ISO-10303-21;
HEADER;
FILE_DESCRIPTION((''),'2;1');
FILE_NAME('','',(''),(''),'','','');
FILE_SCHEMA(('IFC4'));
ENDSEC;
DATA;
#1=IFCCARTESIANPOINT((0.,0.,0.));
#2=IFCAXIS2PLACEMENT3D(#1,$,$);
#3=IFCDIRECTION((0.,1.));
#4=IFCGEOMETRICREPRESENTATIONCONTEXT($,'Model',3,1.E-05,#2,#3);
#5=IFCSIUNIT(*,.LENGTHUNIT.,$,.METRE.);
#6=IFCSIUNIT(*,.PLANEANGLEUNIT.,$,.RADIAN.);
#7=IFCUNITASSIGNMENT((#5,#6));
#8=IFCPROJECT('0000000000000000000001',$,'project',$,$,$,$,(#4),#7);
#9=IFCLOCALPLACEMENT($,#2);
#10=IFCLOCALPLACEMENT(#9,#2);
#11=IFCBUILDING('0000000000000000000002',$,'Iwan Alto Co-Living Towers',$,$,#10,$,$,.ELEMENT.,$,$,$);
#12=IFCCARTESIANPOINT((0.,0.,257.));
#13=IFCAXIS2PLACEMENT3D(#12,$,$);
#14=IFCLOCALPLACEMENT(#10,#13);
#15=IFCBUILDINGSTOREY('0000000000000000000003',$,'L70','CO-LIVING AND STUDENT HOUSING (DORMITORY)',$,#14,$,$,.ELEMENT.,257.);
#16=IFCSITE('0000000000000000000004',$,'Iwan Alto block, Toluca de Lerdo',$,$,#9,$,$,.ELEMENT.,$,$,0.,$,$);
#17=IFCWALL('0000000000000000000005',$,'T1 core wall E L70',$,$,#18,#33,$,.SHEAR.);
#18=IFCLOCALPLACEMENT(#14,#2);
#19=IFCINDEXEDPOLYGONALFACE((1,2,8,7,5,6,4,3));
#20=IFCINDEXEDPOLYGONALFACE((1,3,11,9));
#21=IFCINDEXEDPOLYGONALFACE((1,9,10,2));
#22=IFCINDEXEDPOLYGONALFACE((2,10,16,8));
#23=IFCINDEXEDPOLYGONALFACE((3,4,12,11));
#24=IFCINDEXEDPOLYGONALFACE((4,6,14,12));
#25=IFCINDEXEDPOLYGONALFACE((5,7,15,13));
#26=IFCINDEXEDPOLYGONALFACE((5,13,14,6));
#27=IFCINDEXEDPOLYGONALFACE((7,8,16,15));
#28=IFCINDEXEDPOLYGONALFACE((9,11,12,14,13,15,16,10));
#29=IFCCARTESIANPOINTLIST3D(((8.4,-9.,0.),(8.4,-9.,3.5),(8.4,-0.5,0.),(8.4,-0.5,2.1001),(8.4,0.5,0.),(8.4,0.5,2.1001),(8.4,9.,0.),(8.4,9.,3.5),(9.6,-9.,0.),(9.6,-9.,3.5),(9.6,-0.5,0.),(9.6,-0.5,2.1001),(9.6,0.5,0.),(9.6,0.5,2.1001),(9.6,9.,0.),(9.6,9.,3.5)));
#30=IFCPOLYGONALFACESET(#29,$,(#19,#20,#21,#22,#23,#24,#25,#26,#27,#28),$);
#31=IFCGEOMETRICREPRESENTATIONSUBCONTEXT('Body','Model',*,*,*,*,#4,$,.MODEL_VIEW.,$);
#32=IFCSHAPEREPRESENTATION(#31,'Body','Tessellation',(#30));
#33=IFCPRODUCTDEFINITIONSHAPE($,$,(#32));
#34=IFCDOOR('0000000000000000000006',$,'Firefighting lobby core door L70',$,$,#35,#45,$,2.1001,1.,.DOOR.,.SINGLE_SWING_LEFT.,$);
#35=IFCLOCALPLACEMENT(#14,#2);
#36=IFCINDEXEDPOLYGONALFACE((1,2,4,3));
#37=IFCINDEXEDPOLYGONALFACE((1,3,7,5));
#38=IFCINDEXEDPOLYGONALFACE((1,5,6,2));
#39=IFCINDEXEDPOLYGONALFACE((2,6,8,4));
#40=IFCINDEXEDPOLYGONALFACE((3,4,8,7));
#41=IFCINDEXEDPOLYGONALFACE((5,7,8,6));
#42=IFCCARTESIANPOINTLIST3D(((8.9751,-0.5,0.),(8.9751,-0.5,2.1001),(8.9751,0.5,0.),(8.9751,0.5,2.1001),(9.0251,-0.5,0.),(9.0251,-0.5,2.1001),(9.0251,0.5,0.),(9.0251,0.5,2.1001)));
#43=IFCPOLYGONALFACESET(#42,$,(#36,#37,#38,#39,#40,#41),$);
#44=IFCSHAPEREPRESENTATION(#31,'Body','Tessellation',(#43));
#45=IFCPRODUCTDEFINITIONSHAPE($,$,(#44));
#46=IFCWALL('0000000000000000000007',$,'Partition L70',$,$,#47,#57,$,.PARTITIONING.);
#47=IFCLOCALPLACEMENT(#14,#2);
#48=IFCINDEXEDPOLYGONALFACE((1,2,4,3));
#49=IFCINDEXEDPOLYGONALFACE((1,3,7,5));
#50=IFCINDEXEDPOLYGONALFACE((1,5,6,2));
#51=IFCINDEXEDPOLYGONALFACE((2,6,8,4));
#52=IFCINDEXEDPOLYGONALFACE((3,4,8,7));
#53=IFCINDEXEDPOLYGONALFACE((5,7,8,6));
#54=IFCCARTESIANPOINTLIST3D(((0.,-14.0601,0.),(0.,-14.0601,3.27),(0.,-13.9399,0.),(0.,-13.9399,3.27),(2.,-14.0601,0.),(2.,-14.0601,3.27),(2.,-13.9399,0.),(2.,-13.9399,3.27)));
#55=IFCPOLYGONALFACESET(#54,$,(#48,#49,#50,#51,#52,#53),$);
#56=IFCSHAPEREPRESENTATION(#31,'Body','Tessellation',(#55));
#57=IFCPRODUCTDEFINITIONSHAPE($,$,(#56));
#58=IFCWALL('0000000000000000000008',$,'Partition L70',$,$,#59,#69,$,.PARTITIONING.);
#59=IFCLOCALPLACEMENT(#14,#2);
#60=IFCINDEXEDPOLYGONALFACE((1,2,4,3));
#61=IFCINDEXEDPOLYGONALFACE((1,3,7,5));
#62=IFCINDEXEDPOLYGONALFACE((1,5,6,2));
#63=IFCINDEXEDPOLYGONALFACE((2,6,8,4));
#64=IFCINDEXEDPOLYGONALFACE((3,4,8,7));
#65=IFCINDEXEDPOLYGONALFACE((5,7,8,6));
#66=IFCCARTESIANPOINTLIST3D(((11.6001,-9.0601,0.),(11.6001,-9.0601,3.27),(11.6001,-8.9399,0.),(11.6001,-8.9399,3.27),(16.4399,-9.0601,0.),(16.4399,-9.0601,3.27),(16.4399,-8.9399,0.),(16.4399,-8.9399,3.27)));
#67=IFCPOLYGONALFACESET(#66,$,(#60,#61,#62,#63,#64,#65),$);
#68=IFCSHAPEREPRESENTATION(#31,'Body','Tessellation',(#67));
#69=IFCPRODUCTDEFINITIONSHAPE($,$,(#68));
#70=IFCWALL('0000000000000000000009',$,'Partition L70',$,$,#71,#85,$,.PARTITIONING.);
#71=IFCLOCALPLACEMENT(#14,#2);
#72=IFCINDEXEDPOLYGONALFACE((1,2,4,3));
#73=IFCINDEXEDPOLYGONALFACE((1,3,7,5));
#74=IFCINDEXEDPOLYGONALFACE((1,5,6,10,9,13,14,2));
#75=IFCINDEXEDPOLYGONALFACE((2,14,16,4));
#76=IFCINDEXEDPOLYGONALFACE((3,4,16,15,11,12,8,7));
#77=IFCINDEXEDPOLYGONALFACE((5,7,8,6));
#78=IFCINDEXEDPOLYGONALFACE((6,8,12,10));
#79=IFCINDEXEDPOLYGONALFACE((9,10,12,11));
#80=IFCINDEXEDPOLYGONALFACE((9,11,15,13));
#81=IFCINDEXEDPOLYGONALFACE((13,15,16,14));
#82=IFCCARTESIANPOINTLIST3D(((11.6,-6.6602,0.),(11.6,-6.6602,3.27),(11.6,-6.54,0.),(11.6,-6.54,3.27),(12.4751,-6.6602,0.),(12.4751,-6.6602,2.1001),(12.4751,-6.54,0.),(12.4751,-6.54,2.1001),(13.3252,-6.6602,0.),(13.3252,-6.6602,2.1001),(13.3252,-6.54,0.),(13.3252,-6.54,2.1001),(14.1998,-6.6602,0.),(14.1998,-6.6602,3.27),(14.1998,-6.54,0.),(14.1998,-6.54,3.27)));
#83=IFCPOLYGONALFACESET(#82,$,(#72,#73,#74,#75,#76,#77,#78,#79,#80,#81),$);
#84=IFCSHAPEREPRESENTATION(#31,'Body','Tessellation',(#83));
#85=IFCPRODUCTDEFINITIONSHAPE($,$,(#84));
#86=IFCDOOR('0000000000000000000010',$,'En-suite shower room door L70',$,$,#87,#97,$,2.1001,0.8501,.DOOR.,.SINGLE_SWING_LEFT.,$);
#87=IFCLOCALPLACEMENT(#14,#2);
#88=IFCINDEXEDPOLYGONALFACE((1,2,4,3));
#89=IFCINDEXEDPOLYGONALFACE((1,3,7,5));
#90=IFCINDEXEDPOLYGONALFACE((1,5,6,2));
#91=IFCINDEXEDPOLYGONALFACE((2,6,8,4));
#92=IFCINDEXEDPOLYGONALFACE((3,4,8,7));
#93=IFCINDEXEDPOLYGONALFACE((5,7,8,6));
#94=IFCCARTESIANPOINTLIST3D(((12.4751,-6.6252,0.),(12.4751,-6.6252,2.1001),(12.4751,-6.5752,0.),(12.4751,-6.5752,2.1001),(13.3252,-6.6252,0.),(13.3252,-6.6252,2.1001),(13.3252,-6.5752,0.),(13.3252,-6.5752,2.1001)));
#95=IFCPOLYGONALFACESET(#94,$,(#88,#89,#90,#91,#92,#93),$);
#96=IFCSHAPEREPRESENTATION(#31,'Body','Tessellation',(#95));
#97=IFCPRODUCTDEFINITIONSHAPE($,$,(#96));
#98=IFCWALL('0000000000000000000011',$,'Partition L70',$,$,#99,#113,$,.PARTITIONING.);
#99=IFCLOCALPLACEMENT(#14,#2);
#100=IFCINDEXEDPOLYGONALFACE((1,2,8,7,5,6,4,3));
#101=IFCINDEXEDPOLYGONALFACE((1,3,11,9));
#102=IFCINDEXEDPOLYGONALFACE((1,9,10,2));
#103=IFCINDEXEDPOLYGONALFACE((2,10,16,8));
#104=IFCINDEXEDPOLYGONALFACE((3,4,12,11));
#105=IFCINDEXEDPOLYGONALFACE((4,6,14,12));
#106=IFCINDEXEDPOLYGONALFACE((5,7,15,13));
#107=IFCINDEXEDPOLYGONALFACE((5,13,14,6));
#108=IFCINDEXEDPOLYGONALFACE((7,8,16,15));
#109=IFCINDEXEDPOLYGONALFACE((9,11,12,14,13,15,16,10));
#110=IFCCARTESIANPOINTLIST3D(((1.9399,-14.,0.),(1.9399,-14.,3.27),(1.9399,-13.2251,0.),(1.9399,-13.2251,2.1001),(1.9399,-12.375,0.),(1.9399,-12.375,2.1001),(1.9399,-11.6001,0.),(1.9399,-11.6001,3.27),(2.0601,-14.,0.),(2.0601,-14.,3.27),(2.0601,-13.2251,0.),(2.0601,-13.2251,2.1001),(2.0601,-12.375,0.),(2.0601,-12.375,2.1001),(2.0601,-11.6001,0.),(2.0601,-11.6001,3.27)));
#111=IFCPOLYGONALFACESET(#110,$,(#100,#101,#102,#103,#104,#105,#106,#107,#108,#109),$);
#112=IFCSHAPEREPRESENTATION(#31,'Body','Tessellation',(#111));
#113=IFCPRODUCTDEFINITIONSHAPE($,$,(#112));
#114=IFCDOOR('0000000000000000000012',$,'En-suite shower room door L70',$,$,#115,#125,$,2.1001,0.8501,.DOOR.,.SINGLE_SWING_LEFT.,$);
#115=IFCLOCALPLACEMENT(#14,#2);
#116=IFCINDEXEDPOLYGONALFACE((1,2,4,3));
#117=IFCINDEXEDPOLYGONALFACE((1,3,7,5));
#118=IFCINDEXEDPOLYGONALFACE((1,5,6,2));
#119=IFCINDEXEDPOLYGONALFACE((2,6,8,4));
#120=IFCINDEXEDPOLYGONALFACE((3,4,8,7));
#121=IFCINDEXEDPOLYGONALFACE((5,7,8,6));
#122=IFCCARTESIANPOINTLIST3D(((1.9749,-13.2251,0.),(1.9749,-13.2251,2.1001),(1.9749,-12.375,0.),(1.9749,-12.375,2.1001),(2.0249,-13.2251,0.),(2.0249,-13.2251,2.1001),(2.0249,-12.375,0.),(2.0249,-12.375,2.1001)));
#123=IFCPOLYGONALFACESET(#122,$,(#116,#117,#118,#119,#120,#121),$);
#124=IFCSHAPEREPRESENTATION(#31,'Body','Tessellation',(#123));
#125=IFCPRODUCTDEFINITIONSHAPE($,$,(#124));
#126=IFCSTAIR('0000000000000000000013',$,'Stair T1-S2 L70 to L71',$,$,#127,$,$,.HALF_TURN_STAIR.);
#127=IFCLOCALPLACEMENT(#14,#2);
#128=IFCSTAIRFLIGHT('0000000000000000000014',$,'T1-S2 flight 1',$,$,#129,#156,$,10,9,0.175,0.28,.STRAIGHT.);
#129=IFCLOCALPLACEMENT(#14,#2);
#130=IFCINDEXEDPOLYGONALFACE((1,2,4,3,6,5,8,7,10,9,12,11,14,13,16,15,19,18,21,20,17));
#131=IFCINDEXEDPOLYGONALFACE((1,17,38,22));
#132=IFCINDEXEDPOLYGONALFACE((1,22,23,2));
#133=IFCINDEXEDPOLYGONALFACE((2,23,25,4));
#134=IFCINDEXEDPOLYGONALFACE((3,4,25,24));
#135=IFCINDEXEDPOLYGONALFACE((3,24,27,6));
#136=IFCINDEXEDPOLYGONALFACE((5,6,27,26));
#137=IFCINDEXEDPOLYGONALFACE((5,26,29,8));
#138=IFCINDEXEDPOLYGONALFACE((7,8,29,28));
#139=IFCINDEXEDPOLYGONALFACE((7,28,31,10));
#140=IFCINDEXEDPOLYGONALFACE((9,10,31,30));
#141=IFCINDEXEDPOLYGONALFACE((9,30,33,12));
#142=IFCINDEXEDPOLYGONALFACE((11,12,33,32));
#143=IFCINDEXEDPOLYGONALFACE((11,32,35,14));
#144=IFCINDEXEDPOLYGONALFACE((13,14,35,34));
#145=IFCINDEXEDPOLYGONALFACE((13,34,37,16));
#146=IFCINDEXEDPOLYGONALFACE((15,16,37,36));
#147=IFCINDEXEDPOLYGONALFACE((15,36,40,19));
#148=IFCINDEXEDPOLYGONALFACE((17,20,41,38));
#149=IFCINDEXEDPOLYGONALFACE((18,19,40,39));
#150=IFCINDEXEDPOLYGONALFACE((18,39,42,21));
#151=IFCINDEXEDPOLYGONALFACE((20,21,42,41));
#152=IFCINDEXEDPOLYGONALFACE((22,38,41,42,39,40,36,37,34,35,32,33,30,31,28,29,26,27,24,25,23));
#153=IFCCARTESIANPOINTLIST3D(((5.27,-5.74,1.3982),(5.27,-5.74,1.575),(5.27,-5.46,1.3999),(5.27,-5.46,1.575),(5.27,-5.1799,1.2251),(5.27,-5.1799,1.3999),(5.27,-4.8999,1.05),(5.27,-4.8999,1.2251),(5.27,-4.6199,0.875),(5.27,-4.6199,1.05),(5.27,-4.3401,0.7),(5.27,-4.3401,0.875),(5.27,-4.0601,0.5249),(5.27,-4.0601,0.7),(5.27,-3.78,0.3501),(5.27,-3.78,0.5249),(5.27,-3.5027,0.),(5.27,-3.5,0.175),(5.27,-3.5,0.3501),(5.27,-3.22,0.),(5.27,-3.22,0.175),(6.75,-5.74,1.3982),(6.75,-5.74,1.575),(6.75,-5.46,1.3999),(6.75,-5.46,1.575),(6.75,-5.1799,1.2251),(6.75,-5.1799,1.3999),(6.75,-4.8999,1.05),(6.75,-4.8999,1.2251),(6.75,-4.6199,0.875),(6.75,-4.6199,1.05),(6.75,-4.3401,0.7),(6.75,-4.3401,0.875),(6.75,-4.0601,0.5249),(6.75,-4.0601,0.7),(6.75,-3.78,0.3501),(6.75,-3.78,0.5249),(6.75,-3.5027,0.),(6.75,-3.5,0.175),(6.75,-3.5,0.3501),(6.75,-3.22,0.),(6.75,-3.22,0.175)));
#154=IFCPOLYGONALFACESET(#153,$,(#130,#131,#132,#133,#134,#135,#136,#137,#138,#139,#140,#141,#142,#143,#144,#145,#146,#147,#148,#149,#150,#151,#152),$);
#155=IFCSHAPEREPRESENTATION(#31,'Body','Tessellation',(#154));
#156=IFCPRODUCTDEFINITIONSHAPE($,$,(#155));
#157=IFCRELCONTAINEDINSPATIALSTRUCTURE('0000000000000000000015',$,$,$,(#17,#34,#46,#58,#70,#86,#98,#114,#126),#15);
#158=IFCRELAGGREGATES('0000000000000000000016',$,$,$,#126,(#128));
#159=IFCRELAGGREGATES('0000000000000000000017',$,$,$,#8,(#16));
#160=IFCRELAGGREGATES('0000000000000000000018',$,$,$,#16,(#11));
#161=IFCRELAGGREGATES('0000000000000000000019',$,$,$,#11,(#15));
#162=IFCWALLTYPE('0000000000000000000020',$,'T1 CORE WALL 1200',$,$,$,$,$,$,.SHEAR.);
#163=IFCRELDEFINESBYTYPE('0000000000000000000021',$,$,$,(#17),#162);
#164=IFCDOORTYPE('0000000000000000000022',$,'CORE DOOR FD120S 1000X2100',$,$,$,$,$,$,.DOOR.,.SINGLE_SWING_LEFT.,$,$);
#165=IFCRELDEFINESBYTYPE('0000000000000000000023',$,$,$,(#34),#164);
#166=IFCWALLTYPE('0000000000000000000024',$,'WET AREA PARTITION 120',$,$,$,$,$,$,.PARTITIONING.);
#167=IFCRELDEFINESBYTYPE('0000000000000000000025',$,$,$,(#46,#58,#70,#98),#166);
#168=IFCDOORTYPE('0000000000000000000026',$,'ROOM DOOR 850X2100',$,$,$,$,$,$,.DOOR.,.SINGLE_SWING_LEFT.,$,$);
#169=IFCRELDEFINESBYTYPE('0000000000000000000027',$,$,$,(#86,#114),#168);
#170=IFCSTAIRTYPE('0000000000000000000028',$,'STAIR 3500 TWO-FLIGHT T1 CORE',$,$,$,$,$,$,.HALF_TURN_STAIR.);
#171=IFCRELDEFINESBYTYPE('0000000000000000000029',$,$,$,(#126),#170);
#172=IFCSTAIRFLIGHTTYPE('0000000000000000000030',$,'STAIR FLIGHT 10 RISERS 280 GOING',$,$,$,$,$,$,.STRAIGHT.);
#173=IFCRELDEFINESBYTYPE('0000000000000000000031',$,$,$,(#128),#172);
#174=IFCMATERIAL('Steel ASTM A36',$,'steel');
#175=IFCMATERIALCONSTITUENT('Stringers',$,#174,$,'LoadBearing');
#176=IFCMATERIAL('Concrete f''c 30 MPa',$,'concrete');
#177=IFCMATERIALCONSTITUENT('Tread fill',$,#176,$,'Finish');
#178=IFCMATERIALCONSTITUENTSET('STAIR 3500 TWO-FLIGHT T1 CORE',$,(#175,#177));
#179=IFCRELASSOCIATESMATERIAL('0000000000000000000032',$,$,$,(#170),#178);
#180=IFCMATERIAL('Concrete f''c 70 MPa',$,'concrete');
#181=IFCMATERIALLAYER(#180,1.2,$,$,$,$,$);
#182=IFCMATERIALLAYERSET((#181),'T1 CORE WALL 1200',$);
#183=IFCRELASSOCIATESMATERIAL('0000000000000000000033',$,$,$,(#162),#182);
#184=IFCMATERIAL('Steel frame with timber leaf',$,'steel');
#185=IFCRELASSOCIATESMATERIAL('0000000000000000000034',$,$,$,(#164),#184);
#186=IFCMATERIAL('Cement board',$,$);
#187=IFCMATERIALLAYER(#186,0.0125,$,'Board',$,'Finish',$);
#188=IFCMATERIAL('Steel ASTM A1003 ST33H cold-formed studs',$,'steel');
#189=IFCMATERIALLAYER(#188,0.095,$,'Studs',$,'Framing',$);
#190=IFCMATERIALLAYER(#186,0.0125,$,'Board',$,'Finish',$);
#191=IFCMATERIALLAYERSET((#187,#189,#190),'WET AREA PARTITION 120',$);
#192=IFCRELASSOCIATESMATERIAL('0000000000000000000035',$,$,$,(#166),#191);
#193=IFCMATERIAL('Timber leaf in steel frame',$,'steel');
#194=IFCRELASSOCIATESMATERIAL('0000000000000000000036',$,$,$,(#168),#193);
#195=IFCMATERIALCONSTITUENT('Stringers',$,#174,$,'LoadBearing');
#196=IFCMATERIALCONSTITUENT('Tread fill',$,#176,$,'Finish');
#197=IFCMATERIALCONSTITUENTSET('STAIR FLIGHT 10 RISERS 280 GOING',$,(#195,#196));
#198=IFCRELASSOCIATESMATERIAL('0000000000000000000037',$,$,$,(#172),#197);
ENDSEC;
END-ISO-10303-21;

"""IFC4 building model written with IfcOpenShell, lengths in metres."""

from ifc_helpers import new_model, si_unit, direction, frame, frame_2d, origin, place, context, subcontext, project, spatial, polyline, rectangle, outline, extrude, material, layer, layer_set, constituent, constituent_set, type_object, element, fill, aggregate, save


model = new_model("IFC4")

# Units and contexts
model_context = context("Model", 3, precision=1e-05, world=origin(), true_north=direction((0.0, 1.0)))
body_context = subcontext(model_context, "Body", "Model", "MODEL_VIEW")
ifc_project = project(units=[si_unit("LENGTHUNIT", "METRE"), si_unit("PLANEANGLEUNIT", "RADIAN")], contexts=[model_context])

# Site, building, storey
site_placement = place(None, origin())
site = spatial("IfcSite", under=ifc_project, at=site_placement, Name="Iwan Alto block, Toluca de Lerdo", CompositionType="ELEMENT", RefElevation=0.0)
building_placement = place(site_placement, origin())
building = spatial("IfcBuilding", under=site, at=building_placement, Name="Iwan Alto Co-Living Towers", CompositionType="ELEMENT")
storey_placement = place(building_placement, frame((0.0, 0.0, 257.0)))
storey = spatial("IfcBuildingStorey", under=building, at=storey_placement, Name="L70", Description="CO-LIVING AND STUDENT HOUSING (DORMITORY)", CompositionType="ELEMENT", Elevation=257.0)

# Shared definitions
ifc_material_1 = material(Name="Steel ASTM A36", Category="steel")
ifc_constituent_1 = constituent(ifc_material_1, Name="Stringers", Category="LoadBearing")
ifc_material_2 = material(Name="Concrete f'c 30 MPa", Category="concrete")
ifc_constituent_2 = constituent(ifc_material_2, Name="Tread fill", Category="Finish")
ifc_constituent_set_1 = constituent_set(constituents=[ifc_constituent_1, ifc_constituent_2], Name="STAIR 3500 TWO-FLIGHT T1 CORE")
stair_type = type_object("IfcStairType", Name="STAIR 3500 TWO-FLIGHT T1 CORE", PredefinedType="HALF_TURN_STAIR", material=ifc_constituent_set_1)

# Shared definitions
ifc_material_3 = material(Name="Steel ASTM A1003 ST33H cold-formed studs", Category="steel")

# Wall, opening, door
ifc_material_4 = material(Name="Concrete f'c 70 MPa", Category="concrete")
ifc_layer_1 = layer(ifc_material_4, 1.2)
ifc_layer_set_1 = layer_set([ifc_layer_1], Name="T1 CORE WALL 1200")
wall_type_1 = type_object("IfcWallType", Name="T1 CORE WALL 1200", PredefinedType="SHEAR", material=ifc_layer_set_1)
wall_1_placement = place(storey_placement, frame((9.0, -9.0, 0.0), z_axis=(0.0, 0.0, 1.0), x_axis=(0.0, 1.0, 0.0)))
wall_1 = element("IfcWall", 1, at=wall_1_placement, inside=storey, type_object=wall_type_1, Name="T1 core wall E L70", PredefinedType="SHEAR", context=body_context, shape_type="SweptSolid", body=[
    extrude(rectangle(XDim=18.0, YDim=1.2, at=frame_2d((9.0, 0.0))), origin(), (0.0, 0.0, 1.0), 3.5),
])
opening_1_placement = place(wall_1_placement, frame((8.5, 0.0, 0.0)))
opening_1 = element("IfcOpeningElement", 2, at=opening_1_placement, cuts=wall_1, PredefinedType="OPENING", context=body_context, shape_type="SweptSolid", body=[
    extrude(rectangle(XDim=1.0, YDim=2.1001, at=frame_2d((0.5, 1.05))), frame((0.0, 0.6099, 0.0), z_axis=(0.0, -1.0, 0.0), x_axis=(1.0, 0.0, 0.0)), (0.0, 0.0, 1.0), 1.22),
])
ifc_material_5 = material(Name="Steel frame with timber leaf", Category="steel")
door_type_1 = type_object("IfcDoorType", Name="CORE DOOR FD120S 1000X2100", OperationType="SINGLE_SWING_LEFT", PredefinedType="DOOR", material=ifc_material_5)
door_1_placement = place(opening_1_placement, origin())
door_1 = element("IfcDoor", 3, at=door_1_placement, inside=storey, type_object=door_type_1, Name="Firefighting lobby core door L70", OperationType="SINGLE_SWING_LEFT", OverallHeight=2.1001, OverallWidth=1.0, PredefinedType="DOOR", context=body_context, shape_type="SweptSolid", body=[
    extrude(rectangle(XDim=1.0, YDim=2.1001, at=frame_2d((0.5, 1.05))), frame((0.0, 0.0249, 0.0), z_axis=(0.0, -1.0, 0.0), x_axis=(1.0, 0.0, 0.0)), (0.0, 0.0, 1.0), 0.05),
])
fill(opening_1, door_1)

# Walls
ifc_material_6 = material(Name="Cement board")
ifc_layer_2 = layer(ifc_material_6, 0.0125, Name="Board", Category="Finish")
ifc_layer_3 = layer(ifc_material_3, 0.095, Name="Studs", Category="Framing")
ifc_layer_4 = layer(ifc_material_6, 0.0125, Name="Board", Category="Finish")
ifc_layer_set_2 = layer_set([ifc_layer_2, ifc_layer_3, ifc_layer_4], Name="WET AREA PARTITION 120")
wall_type_2 = type_object("IfcWallType", Name="WET AREA PARTITION 120", PredefinedType="PARTITIONING", material=ifc_layer_set_2)
wall_2_placement = place(storey_placement, frame((0.0, -14.0, 0.0), z_axis=(0.0, 0.0, 1.0), x_axis=(1.0, 0.0, 0.0)))
element("IfcWall", 4, at=wall_2_placement, inside=storey, type_object=wall_type_2, Name="Partition L70", PredefinedType="PARTITIONING", context=body_context, shape_type="SweptSolid", body=[
    extrude(rectangle(XDim=2.0, YDim=0.1201, at=frame_2d((1.0, 0.0))), origin(), (0.0, 0.0, 1.0), 3.27),
])
wall_3_placement = place(storey_placement, frame((11.6001, -9.0, 0.0), z_axis=(0.0, 0.0, 1.0), x_axis=(1.0, 0.0, 0.0)))
element("IfcWall", 5, at=wall_3_placement, inside=storey, type_object=wall_type_2, Name="Partition L70", PredefinedType="PARTITIONING", context=body_context, shape_type="SweptSolid", body=[
    extrude(rectangle(XDim=4.8398, YDim=0.1201, at=frame_2d((2.4199, 0.0))), origin(), (0.0, 0.0, 1.0), 3.27),
])

# Walls, openings, doors
wall_4_placement = place(storey_placement, frame((11.6001, -6.6001, 0.0), z_axis=(0.0, 0.0, 1.0), x_axis=(1.0, 0.0, 0.0)))
wall_4 = element("IfcWall", 6, at=wall_4_placement, inside=storey, type_object=wall_type_2, Name="Partition L70", PredefinedType="PARTITIONING", context=body_context, shape_type="SweptSolid", body=[
    extrude(rectangle(XDim=2.5999, YDim=0.1201, at=frame_2d((1.2998, 0.0))), origin(), (0.0, 0.0, 1.0), 3.27),
])
opening_2_placement = place(wall_4_placement, frame((0.875, 0.0, 0.0)))
opening_2 = element("IfcOpeningElement", 7, at=opening_2_placement, cuts=wall_4, PredefinedType="OPENING", context=body_context, shape_type="SweptSolid", body=[
    extrude(rectangle(XDim=0.8501, YDim=2.1001, at=frame_2d((0.425, 1.05))), frame((0.0, 0.0701, 0.0), z_axis=(0.0, -1.0, 0.0), x_axis=(1.0, 0.0, 0.0)), (0.0, 0.0, 1.0), 0.1401),
])
ifc_material_7 = material(Name="Timber leaf in steel frame", Category="steel")
door_type_2 = type_object("IfcDoorType", Name="ROOM DOOR 850X2100", OperationType="SINGLE_SWING_LEFT", PredefinedType="DOOR", material=ifc_material_7)
door_2_placement = place(opening_2_placement, origin())
door_2 = element("IfcDoor", 8, at=door_2_placement, inside=storey, type_object=door_type_2, Name="En-suite shower room door L70", OperationType="SINGLE_SWING_LEFT", OverallHeight=2.1001, OverallWidth=0.8501, PredefinedType="DOOR", context=body_context, shape_type="SweptSolid", body=[
    extrude(rectangle(XDim=0.8501, YDim=2.1001, at=frame_2d((0.425, 1.05))), frame((0.0, 0.0249, 0.0), z_axis=(0.0, -1.0, 0.0), x_axis=(1.0, 0.0, 0.0)), (0.0, 0.0, 1.0), 0.05),
])
fill(opening_2, door_2)
wall_5_placement = place(storey_placement, frame((2.0, -14.0, 0.0), z_axis=(0.0, 0.0, 1.0), x_axis=(0.0, 1.0, 0.0)))
wall_5 = element("IfcWall", 9, at=wall_5_placement, inside=storey, type_object=wall_type_2, Name="Partition L70", PredefinedType="PARTITIONING", context=body_context, shape_type="SweptSolid", body=[
    extrude(rectangle(XDim=2.3999, YDim=0.1201, at=frame_2d((1.2, 0.0))), origin(), (0.0, 0.0, 1.0), 3.27),
])
opening_3_placement = place(wall_5_placement, frame((0.7749, 0.0, 0.0)))
opening_3 = element("IfcOpeningElement", 10, at=opening_3_placement, cuts=wall_5, PredefinedType="OPENING", context=body_context, shape_type="SweptSolid", body=[
    extrude(rectangle(XDim=0.8501, YDim=2.1001, at=frame_2d((0.425, 1.05))), frame((0.0, 0.0701, 0.0), z_axis=(0.0, -1.0, 0.0), x_axis=(1.0, 0.0, 0.0)), (0.0, 0.0, 1.0), 0.1401),
])
door_3_placement = place(opening_3_placement, frame((0.8501, 0.0, 0.0), z_axis=(0.0, 0.0, 1.0), x_axis=(-1.0, 0.0, 0.0)))
door_3 = element("IfcDoor", 11, at=door_3_placement, inside=storey, type_object=door_type_2, Name="En-suite shower room door L70", OperationType="SINGLE_SWING_LEFT", OverallHeight=2.1001, OverallWidth=0.8501, PredefinedType="DOOR", context=body_context, shape_type="SweptSolid", body=[
    extrude(rectangle(XDim=0.8501, YDim=2.1001, at=frame_2d((0.425, 1.05))), frame((0.0, 0.0249, 0.0), z_axis=(0.0, -1.0, 0.0), x_axis=(1.0, 0.0, 0.0)), (0.0, 0.0, 1.0), 0.05),
])
fill(opening_3, door_3)

# Stair, stair flight
stair_1_placement = place(storey_placement, origin())
stair_1 = element("IfcStair", 12, at=stair_1_placement, inside=storey, type_object=stair_type, Name="Stair T1-S2 L70 to L71", PredefinedType="HALF_TURN_STAIR")
ifc_constituent_3 = constituent(ifc_material_1, Name="Stringers", Category="LoadBearing")
ifc_constituent_4 = constituent(ifc_material_2, Name="Tread fill", Category="Finish")
ifc_constituent_set_2 = constituent_set(constituents=[ifc_constituent_3, ifc_constituent_4], Name="STAIR FLIGHT 10 RISERS 280 GOING")
stair_flight_type = type_object("IfcStairFlightType", Name="STAIR FLIGHT 10 RISERS 280 GOING", PredefinedType="STRAIGHT", material=ifc_constituent_set_2)
stair_flight_1_placement = place(storey_placement, frame((6.01, -3.22, 0.0), z_axis=(0.0, 0.0, 1.0), x_axis=(0.0, -1.0, 0.0)))
stair_flight_1 = element("IfcStairFlight", 13, at=stair_flight_1_placement, type_object=stair_flight_type, Name="T1-S2 flight 1", NumberOfRisers=10, NumberOfTreads=9, PredefinedType="STRAIGHT", RiserHeight=0.175, TreadLength=0.28, context=body_context, shape_type="SweptSolid", body=[
    extrude(outline(polyline([(0.0, 0.0), (0.0, 0.175), (0.28, 0.175), (0.28, 0.3501), (0.5601, 0.3501), (0.5601, 0.5249), (0.8401, 0.5249), (0.8401, 0.7), (1.1201, 0.7), (1.1201, 0.875), (1.3999, 0.875), (1.3999, 1.05), (1.6799, 1.05), (1.6799, 1.2251), (1.96, 1.2251), (1.96, 1.3999), (2.24, 1.3999), (2.24, 1.575), (2.52, 1.575), (2.52, 1.75), (2.52, 1.3982), (0.2827, 0.0), (0.0, 0.0)])), frame((0.0, 0.74, 0.0), z_axis=(0.0, -1.0, 0.0), x_axis=(1.0, 0.0, 0.0)), (0.0, 0.0, 1.0), 1.48),
])
aggregate(stair_1, [stair_flight_1])

save(model, "model.ifc")
